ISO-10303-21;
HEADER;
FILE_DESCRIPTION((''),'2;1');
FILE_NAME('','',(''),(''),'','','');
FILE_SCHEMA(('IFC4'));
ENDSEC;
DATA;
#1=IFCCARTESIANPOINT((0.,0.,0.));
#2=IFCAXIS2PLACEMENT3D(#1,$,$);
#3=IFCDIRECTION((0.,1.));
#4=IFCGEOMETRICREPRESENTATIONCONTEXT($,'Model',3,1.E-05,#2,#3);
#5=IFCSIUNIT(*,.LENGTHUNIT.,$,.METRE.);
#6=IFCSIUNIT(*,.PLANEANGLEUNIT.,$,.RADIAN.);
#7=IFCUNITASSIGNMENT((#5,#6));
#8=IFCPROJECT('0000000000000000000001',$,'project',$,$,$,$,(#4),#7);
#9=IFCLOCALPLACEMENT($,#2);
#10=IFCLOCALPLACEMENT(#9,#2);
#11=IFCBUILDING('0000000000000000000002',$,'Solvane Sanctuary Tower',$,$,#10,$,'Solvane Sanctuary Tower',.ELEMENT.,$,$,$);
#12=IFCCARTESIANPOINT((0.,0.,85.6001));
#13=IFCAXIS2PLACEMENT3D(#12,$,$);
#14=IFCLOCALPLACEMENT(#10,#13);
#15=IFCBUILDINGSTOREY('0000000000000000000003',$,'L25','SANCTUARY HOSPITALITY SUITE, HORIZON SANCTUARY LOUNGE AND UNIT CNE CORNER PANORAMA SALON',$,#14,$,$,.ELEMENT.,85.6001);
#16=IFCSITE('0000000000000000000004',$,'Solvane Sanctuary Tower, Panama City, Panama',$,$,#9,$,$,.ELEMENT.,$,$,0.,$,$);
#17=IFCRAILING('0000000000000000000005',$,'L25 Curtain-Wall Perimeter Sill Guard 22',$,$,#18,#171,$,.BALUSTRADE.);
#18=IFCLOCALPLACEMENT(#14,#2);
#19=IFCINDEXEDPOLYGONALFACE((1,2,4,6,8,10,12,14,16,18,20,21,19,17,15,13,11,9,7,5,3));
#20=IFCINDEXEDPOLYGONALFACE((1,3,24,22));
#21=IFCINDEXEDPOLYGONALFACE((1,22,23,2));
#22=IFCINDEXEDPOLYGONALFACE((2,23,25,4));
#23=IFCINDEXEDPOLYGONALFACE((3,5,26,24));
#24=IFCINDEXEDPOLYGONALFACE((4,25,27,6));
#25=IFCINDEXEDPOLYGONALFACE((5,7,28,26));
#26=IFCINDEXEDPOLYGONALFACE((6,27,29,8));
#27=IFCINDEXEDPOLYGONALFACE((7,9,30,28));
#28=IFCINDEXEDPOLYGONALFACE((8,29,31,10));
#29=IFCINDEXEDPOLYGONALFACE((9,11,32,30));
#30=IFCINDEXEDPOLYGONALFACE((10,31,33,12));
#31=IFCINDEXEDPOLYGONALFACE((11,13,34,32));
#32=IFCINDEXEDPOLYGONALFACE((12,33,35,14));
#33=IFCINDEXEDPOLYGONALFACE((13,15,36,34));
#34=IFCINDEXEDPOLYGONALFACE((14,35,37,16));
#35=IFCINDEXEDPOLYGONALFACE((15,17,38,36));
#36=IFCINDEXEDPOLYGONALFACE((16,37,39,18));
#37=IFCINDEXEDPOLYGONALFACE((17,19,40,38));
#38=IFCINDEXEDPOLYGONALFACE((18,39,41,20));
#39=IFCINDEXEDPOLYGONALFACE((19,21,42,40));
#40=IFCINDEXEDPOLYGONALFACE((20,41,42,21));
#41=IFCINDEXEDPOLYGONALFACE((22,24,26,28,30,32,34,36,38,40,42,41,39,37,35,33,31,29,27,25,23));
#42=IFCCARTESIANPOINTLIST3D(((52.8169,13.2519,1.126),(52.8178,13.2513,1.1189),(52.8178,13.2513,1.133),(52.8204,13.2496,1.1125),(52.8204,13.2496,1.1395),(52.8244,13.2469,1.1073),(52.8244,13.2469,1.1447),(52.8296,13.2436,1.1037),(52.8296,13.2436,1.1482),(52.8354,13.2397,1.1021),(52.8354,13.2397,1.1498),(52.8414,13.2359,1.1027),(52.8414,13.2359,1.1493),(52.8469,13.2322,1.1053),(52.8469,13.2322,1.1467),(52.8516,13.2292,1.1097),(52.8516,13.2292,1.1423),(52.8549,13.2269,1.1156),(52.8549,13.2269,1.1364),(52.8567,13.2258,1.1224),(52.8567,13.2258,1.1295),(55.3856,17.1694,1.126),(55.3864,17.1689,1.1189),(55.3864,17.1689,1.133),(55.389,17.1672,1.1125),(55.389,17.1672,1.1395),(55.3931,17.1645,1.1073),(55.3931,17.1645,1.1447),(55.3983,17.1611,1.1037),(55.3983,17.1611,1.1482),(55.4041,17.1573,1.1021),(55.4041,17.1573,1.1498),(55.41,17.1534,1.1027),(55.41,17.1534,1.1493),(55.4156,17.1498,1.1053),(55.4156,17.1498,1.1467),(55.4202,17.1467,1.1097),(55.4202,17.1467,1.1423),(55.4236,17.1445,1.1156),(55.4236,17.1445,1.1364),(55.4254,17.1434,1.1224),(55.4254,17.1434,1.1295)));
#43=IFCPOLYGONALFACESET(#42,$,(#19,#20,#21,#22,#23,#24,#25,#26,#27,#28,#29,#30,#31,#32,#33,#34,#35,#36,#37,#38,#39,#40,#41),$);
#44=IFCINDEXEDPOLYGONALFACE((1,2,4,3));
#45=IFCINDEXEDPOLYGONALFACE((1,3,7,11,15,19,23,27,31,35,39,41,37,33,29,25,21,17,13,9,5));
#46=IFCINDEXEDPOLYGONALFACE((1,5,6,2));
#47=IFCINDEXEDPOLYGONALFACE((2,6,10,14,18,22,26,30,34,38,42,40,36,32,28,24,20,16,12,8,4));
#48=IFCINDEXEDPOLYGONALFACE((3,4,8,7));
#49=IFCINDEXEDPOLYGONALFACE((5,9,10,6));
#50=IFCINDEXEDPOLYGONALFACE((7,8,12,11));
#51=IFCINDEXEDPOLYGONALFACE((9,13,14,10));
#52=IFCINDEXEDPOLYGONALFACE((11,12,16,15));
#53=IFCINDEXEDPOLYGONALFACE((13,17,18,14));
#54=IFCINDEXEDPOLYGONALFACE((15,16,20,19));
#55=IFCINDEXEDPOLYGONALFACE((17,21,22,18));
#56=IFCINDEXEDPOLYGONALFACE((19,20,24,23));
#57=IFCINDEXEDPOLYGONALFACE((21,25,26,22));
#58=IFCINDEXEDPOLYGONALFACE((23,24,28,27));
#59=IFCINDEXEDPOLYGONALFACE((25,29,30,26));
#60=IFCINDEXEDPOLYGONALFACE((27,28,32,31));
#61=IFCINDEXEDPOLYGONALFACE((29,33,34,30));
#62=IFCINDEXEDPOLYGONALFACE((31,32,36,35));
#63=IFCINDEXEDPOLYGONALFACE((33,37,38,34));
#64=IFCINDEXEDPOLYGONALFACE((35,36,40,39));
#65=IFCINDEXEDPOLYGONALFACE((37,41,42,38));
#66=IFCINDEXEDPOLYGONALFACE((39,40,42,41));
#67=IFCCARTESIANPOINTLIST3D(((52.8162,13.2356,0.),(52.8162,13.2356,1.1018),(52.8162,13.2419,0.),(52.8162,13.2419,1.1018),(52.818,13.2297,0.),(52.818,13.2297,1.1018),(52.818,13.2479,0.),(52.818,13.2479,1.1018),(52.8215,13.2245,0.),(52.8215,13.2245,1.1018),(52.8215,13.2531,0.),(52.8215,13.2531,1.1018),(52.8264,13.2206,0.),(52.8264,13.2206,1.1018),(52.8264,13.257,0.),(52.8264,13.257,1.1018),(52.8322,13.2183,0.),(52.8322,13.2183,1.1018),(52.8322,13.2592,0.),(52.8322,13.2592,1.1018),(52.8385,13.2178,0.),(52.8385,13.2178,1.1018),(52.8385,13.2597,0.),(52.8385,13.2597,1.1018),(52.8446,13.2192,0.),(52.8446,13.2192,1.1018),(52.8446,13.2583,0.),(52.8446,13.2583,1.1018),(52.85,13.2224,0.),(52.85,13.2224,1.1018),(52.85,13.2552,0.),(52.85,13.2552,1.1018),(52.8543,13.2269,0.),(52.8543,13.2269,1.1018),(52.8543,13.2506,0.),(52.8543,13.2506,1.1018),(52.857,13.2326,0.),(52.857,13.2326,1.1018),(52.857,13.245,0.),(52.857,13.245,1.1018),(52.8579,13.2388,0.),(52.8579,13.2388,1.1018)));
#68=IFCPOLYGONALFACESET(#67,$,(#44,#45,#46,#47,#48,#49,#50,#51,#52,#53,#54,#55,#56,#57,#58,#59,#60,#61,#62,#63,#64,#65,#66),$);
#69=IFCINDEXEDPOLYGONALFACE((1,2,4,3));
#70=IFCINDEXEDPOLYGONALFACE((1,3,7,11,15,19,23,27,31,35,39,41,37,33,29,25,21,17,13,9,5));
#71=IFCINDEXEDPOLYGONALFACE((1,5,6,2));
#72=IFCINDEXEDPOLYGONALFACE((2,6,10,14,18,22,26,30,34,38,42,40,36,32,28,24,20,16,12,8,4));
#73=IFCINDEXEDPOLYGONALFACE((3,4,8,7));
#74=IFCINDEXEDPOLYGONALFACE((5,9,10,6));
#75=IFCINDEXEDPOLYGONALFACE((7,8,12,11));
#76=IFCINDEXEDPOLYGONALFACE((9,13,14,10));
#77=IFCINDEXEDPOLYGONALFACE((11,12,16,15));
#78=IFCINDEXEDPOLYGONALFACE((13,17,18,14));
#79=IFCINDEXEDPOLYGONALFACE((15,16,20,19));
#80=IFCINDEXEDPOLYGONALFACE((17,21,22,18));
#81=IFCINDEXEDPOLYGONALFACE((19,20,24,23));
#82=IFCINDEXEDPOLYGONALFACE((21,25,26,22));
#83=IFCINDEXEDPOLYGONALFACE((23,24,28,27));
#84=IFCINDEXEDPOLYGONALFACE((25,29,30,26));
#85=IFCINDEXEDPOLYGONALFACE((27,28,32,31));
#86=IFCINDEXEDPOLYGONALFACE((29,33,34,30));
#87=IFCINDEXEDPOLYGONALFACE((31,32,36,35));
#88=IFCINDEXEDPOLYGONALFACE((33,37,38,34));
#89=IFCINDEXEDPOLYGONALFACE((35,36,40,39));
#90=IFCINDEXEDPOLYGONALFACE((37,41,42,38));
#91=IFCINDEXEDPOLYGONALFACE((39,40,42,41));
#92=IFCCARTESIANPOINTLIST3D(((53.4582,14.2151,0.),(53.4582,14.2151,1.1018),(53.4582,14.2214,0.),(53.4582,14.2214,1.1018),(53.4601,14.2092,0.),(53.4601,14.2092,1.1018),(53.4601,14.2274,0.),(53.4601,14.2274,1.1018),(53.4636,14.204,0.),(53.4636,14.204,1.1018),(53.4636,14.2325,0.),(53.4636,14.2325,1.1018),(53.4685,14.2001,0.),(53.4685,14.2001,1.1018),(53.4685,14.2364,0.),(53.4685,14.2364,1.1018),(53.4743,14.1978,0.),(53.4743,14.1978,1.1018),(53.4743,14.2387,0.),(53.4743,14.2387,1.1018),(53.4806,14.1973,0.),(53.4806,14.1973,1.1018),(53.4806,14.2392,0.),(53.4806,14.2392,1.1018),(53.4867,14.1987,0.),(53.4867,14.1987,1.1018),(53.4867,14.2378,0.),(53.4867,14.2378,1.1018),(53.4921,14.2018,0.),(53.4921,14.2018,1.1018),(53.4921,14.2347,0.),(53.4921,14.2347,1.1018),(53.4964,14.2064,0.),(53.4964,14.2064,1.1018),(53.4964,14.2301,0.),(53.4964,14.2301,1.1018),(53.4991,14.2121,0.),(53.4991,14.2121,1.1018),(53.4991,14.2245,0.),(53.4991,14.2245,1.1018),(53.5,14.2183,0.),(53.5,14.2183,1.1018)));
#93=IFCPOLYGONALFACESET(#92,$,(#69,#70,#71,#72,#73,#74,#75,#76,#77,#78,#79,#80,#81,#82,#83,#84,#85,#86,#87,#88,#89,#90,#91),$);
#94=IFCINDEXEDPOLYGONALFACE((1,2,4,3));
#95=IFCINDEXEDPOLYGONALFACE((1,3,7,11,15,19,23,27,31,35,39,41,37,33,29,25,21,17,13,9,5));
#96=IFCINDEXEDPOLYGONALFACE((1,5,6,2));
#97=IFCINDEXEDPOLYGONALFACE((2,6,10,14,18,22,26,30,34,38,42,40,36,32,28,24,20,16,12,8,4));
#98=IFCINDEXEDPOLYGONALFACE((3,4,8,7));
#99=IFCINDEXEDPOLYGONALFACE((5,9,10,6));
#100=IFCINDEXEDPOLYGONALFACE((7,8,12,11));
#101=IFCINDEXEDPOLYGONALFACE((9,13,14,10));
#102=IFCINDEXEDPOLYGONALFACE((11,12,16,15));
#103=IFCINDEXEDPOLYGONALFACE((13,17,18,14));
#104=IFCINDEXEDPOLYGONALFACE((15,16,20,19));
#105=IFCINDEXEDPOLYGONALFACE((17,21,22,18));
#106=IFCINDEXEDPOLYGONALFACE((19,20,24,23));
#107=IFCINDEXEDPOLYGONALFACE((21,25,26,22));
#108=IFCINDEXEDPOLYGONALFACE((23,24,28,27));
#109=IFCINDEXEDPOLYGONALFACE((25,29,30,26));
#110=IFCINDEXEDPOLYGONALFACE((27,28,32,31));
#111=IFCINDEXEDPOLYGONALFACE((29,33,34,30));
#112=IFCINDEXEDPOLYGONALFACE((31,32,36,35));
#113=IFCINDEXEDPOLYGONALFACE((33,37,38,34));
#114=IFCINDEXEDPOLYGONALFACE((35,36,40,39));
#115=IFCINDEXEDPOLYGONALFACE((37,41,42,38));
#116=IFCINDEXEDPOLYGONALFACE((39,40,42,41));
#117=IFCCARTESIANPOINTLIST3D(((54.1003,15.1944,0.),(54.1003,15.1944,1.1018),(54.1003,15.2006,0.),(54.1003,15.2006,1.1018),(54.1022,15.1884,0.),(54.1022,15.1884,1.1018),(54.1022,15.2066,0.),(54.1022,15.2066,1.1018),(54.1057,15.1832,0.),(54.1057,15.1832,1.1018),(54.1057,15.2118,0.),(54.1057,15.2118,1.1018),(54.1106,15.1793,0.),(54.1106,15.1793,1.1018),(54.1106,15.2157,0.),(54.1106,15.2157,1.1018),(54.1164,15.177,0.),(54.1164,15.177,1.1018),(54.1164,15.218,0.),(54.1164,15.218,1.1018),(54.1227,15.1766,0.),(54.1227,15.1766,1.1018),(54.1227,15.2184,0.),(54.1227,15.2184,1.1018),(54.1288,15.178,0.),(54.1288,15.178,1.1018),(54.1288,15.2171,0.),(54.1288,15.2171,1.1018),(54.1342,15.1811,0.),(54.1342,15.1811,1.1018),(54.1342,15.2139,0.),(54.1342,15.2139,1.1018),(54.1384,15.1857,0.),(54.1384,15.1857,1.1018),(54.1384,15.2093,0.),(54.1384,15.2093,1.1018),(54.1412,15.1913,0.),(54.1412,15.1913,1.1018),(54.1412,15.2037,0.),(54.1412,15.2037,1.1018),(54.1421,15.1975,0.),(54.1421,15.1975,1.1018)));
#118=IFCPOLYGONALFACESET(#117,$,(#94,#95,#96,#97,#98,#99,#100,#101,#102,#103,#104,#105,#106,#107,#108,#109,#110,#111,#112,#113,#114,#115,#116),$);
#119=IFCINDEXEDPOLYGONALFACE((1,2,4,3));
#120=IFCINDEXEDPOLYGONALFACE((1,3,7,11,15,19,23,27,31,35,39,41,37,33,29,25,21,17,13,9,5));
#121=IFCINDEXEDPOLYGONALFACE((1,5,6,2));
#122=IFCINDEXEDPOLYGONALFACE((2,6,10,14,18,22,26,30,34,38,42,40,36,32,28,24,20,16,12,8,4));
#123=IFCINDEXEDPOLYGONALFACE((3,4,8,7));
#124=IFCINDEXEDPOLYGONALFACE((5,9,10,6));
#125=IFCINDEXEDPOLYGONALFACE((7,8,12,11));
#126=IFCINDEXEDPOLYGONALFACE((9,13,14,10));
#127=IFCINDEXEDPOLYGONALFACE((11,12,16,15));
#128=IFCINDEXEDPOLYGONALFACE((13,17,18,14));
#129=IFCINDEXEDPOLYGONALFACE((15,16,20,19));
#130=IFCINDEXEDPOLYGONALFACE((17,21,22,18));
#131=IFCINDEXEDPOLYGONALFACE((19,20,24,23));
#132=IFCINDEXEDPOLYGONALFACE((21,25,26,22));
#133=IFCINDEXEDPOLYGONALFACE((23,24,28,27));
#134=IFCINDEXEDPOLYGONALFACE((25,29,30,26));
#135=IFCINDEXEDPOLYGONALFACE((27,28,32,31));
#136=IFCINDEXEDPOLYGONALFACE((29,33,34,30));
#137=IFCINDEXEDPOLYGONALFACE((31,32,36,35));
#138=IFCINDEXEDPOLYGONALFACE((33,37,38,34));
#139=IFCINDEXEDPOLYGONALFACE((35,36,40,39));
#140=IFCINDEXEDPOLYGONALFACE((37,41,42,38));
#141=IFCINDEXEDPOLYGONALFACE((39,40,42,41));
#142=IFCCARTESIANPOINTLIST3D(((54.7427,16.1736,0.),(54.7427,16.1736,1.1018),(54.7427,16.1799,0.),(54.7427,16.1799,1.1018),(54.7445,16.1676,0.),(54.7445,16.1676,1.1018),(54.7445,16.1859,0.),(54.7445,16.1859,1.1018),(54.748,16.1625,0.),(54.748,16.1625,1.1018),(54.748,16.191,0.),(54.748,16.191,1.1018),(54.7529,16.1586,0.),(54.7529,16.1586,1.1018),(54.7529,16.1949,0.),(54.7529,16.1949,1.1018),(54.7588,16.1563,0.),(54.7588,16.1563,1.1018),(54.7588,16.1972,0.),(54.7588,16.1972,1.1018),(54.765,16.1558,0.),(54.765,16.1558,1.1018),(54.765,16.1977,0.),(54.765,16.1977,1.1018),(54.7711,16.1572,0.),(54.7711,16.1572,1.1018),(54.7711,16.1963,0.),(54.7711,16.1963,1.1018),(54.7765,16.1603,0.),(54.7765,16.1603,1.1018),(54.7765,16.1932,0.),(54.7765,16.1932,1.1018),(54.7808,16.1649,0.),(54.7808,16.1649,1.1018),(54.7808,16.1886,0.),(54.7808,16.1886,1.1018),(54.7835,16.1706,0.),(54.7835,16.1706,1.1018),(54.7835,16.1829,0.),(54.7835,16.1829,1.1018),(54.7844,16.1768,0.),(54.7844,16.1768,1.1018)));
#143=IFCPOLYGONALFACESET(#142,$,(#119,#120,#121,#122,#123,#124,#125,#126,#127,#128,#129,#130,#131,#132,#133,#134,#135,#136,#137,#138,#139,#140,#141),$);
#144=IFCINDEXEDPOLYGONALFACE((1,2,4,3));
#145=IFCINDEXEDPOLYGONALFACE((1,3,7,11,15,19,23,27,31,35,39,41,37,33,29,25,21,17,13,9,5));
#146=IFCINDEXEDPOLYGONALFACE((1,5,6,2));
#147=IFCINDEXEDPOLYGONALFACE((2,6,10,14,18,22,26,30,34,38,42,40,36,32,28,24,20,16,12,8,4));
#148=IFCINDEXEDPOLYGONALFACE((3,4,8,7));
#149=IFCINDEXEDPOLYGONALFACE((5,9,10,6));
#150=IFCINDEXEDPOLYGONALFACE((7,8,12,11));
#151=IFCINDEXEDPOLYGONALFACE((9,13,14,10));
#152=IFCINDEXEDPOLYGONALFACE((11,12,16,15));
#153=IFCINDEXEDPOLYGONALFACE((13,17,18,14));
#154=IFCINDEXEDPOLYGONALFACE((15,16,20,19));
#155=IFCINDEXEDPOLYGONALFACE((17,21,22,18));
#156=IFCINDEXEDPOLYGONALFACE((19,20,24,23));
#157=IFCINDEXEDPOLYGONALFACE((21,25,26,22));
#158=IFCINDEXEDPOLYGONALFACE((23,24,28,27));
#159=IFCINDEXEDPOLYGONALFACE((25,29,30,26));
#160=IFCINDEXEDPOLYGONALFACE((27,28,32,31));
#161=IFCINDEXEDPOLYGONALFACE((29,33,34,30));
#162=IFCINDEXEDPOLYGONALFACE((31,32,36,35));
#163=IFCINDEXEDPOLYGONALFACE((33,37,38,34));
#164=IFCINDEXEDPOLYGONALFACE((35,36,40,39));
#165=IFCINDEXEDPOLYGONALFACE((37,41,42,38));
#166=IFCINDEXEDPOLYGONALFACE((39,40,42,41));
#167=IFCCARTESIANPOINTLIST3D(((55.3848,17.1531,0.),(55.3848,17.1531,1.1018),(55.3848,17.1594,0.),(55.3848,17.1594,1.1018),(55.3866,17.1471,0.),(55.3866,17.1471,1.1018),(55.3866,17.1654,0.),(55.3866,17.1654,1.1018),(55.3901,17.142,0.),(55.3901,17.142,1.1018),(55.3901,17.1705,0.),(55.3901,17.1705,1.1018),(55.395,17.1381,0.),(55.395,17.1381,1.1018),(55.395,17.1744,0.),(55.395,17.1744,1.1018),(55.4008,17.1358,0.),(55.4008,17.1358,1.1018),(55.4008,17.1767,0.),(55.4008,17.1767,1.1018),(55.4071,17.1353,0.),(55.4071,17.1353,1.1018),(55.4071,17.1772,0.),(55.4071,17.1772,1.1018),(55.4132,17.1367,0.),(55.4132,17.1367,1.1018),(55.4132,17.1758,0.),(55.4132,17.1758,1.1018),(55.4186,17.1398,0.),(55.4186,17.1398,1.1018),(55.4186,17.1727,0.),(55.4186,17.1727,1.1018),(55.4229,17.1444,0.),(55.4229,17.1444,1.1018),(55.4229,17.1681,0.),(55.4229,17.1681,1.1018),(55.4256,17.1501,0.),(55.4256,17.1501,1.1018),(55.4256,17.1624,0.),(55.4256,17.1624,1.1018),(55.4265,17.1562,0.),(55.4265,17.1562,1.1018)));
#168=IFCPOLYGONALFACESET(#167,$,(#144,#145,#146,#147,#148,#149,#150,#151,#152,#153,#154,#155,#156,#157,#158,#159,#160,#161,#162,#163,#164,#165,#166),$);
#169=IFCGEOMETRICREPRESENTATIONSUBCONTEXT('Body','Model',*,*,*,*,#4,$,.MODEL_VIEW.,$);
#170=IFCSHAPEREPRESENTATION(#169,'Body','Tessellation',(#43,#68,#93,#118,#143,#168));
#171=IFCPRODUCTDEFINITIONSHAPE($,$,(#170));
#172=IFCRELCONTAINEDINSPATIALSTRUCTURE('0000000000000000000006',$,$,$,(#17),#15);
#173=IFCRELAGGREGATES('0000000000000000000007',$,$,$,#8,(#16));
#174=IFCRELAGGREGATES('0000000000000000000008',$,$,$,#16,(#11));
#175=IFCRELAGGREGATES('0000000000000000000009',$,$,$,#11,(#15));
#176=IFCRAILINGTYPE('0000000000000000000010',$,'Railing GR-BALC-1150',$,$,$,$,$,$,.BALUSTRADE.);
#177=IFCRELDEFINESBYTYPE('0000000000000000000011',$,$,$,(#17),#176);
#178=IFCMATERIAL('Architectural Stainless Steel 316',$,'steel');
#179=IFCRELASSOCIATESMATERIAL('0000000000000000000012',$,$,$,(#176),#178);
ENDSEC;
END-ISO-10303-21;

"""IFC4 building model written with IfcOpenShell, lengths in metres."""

from ifc_helpers import new_model, si_unit, direction, frame, origin, origin_2d, place, context, subcontext, project, spatial, circle, extrude, material, type_object, element, save


model = new_model("IFC4")

# Units and contexts
model_context = context("Model", 3, precision=1e-05, world=origin(), true_north=direction((0.0, 1.0)))
body_context = subcontext(model_context, "Body", "Model", "MODEL_VIEW")
ifc_project = project(units=[si_unit("LENGTHUNIT", "METRE"), si_unit("PLANEANGLEUNIT", "RADIAN")], contexts=[model_context])

# Site, building, storey
site_placement = place(None, origin())
site = spatial("IfcSite", under=ifc_project, at=site_placement, Name="Solvane Sanctuary Tower, Panama City, Panama", CompositionType="ELEMENT", RefElevation=0.0)
building_placement = place(site_placement, origin())
building = spatial("IfcBuilding", under=site, at=building_placement, Name="Solvane Sanctuary Tower", LongName="Solvane Sanctuary Tower", CompositionType="ELEMENT")
storey_placement = place(building_placement, frame((0.0, 0.0, 85.6001)))
storey = spatial("IfcBuildingStorey", under=building, at=storey_placement, Name="L25", Description="SANCTUARY HOSPITALITY SUITE, HORIZON SANCTUARY LOUNGE AND UNIT CNE CORNER PANORAMA SALON", CompositionType="ELEMENT", Elevation=85.6001)

# Railing
ifc_material_1 = material(Name="Architectural Stainless Steel 316", Category="steel")
railing_type_1 = type_object("IfcRailingType", Name="Railing GR-BALC-1150", PredefinedType="BALUSTRADE", material=ifc_material_1)
railing_1_placement = place(storey_placement, frame((52.8369, 13.2388, 0.0)))
element("IfcRailing", 1, at=railing_1_placement, inside=storey, type_object=railing_type_1, Name="L25 Curtain-Wall Perimeter Sill Guard 22", PredefinedType="BALUSTRADE", context=body_context, shape_type="SweptSolid", body=[
    extrude(circle(Radius=0.0239, at=origin_2d()), frame((0.0, 0.0, 1.126), z_axis=(0.548322, 0.836267, 0.0), x_axis=(-0.836267, 0.548322, 0.0)), (0.0, 0.0, 1.0), 4.6846),
    extrude(circle(Radius=0.021, at=origin_2d()), origin(), (0.0, 0.0, 1.0), 1.1018),
    extrude(circle(Radius=0.021, at=origin_2d()), frame((0.6421, 0.9795, 0.0)), (0.0, 0.0, 1.0), 1.1018),
    extrude(circle(Radius=0.021, at=origin_2d()), frame((1.2842, 1.9587, 0.0)), (0.0, 0.0, 1.0), 1.1018),
    extrude(circle(Radius=0.021, at=origin_2d()), frame((1.9265, 2.938, 0.0)), (0.0, 0.0, 1.0), 1.1018),
    extrude(circle(Radius=0.021, at=origin_2d()), frame((2.5686, 3.9175, 0.0)), (0.0, 0.0, 1.0), 1.1018),
])

save(model, "model.ifc")
